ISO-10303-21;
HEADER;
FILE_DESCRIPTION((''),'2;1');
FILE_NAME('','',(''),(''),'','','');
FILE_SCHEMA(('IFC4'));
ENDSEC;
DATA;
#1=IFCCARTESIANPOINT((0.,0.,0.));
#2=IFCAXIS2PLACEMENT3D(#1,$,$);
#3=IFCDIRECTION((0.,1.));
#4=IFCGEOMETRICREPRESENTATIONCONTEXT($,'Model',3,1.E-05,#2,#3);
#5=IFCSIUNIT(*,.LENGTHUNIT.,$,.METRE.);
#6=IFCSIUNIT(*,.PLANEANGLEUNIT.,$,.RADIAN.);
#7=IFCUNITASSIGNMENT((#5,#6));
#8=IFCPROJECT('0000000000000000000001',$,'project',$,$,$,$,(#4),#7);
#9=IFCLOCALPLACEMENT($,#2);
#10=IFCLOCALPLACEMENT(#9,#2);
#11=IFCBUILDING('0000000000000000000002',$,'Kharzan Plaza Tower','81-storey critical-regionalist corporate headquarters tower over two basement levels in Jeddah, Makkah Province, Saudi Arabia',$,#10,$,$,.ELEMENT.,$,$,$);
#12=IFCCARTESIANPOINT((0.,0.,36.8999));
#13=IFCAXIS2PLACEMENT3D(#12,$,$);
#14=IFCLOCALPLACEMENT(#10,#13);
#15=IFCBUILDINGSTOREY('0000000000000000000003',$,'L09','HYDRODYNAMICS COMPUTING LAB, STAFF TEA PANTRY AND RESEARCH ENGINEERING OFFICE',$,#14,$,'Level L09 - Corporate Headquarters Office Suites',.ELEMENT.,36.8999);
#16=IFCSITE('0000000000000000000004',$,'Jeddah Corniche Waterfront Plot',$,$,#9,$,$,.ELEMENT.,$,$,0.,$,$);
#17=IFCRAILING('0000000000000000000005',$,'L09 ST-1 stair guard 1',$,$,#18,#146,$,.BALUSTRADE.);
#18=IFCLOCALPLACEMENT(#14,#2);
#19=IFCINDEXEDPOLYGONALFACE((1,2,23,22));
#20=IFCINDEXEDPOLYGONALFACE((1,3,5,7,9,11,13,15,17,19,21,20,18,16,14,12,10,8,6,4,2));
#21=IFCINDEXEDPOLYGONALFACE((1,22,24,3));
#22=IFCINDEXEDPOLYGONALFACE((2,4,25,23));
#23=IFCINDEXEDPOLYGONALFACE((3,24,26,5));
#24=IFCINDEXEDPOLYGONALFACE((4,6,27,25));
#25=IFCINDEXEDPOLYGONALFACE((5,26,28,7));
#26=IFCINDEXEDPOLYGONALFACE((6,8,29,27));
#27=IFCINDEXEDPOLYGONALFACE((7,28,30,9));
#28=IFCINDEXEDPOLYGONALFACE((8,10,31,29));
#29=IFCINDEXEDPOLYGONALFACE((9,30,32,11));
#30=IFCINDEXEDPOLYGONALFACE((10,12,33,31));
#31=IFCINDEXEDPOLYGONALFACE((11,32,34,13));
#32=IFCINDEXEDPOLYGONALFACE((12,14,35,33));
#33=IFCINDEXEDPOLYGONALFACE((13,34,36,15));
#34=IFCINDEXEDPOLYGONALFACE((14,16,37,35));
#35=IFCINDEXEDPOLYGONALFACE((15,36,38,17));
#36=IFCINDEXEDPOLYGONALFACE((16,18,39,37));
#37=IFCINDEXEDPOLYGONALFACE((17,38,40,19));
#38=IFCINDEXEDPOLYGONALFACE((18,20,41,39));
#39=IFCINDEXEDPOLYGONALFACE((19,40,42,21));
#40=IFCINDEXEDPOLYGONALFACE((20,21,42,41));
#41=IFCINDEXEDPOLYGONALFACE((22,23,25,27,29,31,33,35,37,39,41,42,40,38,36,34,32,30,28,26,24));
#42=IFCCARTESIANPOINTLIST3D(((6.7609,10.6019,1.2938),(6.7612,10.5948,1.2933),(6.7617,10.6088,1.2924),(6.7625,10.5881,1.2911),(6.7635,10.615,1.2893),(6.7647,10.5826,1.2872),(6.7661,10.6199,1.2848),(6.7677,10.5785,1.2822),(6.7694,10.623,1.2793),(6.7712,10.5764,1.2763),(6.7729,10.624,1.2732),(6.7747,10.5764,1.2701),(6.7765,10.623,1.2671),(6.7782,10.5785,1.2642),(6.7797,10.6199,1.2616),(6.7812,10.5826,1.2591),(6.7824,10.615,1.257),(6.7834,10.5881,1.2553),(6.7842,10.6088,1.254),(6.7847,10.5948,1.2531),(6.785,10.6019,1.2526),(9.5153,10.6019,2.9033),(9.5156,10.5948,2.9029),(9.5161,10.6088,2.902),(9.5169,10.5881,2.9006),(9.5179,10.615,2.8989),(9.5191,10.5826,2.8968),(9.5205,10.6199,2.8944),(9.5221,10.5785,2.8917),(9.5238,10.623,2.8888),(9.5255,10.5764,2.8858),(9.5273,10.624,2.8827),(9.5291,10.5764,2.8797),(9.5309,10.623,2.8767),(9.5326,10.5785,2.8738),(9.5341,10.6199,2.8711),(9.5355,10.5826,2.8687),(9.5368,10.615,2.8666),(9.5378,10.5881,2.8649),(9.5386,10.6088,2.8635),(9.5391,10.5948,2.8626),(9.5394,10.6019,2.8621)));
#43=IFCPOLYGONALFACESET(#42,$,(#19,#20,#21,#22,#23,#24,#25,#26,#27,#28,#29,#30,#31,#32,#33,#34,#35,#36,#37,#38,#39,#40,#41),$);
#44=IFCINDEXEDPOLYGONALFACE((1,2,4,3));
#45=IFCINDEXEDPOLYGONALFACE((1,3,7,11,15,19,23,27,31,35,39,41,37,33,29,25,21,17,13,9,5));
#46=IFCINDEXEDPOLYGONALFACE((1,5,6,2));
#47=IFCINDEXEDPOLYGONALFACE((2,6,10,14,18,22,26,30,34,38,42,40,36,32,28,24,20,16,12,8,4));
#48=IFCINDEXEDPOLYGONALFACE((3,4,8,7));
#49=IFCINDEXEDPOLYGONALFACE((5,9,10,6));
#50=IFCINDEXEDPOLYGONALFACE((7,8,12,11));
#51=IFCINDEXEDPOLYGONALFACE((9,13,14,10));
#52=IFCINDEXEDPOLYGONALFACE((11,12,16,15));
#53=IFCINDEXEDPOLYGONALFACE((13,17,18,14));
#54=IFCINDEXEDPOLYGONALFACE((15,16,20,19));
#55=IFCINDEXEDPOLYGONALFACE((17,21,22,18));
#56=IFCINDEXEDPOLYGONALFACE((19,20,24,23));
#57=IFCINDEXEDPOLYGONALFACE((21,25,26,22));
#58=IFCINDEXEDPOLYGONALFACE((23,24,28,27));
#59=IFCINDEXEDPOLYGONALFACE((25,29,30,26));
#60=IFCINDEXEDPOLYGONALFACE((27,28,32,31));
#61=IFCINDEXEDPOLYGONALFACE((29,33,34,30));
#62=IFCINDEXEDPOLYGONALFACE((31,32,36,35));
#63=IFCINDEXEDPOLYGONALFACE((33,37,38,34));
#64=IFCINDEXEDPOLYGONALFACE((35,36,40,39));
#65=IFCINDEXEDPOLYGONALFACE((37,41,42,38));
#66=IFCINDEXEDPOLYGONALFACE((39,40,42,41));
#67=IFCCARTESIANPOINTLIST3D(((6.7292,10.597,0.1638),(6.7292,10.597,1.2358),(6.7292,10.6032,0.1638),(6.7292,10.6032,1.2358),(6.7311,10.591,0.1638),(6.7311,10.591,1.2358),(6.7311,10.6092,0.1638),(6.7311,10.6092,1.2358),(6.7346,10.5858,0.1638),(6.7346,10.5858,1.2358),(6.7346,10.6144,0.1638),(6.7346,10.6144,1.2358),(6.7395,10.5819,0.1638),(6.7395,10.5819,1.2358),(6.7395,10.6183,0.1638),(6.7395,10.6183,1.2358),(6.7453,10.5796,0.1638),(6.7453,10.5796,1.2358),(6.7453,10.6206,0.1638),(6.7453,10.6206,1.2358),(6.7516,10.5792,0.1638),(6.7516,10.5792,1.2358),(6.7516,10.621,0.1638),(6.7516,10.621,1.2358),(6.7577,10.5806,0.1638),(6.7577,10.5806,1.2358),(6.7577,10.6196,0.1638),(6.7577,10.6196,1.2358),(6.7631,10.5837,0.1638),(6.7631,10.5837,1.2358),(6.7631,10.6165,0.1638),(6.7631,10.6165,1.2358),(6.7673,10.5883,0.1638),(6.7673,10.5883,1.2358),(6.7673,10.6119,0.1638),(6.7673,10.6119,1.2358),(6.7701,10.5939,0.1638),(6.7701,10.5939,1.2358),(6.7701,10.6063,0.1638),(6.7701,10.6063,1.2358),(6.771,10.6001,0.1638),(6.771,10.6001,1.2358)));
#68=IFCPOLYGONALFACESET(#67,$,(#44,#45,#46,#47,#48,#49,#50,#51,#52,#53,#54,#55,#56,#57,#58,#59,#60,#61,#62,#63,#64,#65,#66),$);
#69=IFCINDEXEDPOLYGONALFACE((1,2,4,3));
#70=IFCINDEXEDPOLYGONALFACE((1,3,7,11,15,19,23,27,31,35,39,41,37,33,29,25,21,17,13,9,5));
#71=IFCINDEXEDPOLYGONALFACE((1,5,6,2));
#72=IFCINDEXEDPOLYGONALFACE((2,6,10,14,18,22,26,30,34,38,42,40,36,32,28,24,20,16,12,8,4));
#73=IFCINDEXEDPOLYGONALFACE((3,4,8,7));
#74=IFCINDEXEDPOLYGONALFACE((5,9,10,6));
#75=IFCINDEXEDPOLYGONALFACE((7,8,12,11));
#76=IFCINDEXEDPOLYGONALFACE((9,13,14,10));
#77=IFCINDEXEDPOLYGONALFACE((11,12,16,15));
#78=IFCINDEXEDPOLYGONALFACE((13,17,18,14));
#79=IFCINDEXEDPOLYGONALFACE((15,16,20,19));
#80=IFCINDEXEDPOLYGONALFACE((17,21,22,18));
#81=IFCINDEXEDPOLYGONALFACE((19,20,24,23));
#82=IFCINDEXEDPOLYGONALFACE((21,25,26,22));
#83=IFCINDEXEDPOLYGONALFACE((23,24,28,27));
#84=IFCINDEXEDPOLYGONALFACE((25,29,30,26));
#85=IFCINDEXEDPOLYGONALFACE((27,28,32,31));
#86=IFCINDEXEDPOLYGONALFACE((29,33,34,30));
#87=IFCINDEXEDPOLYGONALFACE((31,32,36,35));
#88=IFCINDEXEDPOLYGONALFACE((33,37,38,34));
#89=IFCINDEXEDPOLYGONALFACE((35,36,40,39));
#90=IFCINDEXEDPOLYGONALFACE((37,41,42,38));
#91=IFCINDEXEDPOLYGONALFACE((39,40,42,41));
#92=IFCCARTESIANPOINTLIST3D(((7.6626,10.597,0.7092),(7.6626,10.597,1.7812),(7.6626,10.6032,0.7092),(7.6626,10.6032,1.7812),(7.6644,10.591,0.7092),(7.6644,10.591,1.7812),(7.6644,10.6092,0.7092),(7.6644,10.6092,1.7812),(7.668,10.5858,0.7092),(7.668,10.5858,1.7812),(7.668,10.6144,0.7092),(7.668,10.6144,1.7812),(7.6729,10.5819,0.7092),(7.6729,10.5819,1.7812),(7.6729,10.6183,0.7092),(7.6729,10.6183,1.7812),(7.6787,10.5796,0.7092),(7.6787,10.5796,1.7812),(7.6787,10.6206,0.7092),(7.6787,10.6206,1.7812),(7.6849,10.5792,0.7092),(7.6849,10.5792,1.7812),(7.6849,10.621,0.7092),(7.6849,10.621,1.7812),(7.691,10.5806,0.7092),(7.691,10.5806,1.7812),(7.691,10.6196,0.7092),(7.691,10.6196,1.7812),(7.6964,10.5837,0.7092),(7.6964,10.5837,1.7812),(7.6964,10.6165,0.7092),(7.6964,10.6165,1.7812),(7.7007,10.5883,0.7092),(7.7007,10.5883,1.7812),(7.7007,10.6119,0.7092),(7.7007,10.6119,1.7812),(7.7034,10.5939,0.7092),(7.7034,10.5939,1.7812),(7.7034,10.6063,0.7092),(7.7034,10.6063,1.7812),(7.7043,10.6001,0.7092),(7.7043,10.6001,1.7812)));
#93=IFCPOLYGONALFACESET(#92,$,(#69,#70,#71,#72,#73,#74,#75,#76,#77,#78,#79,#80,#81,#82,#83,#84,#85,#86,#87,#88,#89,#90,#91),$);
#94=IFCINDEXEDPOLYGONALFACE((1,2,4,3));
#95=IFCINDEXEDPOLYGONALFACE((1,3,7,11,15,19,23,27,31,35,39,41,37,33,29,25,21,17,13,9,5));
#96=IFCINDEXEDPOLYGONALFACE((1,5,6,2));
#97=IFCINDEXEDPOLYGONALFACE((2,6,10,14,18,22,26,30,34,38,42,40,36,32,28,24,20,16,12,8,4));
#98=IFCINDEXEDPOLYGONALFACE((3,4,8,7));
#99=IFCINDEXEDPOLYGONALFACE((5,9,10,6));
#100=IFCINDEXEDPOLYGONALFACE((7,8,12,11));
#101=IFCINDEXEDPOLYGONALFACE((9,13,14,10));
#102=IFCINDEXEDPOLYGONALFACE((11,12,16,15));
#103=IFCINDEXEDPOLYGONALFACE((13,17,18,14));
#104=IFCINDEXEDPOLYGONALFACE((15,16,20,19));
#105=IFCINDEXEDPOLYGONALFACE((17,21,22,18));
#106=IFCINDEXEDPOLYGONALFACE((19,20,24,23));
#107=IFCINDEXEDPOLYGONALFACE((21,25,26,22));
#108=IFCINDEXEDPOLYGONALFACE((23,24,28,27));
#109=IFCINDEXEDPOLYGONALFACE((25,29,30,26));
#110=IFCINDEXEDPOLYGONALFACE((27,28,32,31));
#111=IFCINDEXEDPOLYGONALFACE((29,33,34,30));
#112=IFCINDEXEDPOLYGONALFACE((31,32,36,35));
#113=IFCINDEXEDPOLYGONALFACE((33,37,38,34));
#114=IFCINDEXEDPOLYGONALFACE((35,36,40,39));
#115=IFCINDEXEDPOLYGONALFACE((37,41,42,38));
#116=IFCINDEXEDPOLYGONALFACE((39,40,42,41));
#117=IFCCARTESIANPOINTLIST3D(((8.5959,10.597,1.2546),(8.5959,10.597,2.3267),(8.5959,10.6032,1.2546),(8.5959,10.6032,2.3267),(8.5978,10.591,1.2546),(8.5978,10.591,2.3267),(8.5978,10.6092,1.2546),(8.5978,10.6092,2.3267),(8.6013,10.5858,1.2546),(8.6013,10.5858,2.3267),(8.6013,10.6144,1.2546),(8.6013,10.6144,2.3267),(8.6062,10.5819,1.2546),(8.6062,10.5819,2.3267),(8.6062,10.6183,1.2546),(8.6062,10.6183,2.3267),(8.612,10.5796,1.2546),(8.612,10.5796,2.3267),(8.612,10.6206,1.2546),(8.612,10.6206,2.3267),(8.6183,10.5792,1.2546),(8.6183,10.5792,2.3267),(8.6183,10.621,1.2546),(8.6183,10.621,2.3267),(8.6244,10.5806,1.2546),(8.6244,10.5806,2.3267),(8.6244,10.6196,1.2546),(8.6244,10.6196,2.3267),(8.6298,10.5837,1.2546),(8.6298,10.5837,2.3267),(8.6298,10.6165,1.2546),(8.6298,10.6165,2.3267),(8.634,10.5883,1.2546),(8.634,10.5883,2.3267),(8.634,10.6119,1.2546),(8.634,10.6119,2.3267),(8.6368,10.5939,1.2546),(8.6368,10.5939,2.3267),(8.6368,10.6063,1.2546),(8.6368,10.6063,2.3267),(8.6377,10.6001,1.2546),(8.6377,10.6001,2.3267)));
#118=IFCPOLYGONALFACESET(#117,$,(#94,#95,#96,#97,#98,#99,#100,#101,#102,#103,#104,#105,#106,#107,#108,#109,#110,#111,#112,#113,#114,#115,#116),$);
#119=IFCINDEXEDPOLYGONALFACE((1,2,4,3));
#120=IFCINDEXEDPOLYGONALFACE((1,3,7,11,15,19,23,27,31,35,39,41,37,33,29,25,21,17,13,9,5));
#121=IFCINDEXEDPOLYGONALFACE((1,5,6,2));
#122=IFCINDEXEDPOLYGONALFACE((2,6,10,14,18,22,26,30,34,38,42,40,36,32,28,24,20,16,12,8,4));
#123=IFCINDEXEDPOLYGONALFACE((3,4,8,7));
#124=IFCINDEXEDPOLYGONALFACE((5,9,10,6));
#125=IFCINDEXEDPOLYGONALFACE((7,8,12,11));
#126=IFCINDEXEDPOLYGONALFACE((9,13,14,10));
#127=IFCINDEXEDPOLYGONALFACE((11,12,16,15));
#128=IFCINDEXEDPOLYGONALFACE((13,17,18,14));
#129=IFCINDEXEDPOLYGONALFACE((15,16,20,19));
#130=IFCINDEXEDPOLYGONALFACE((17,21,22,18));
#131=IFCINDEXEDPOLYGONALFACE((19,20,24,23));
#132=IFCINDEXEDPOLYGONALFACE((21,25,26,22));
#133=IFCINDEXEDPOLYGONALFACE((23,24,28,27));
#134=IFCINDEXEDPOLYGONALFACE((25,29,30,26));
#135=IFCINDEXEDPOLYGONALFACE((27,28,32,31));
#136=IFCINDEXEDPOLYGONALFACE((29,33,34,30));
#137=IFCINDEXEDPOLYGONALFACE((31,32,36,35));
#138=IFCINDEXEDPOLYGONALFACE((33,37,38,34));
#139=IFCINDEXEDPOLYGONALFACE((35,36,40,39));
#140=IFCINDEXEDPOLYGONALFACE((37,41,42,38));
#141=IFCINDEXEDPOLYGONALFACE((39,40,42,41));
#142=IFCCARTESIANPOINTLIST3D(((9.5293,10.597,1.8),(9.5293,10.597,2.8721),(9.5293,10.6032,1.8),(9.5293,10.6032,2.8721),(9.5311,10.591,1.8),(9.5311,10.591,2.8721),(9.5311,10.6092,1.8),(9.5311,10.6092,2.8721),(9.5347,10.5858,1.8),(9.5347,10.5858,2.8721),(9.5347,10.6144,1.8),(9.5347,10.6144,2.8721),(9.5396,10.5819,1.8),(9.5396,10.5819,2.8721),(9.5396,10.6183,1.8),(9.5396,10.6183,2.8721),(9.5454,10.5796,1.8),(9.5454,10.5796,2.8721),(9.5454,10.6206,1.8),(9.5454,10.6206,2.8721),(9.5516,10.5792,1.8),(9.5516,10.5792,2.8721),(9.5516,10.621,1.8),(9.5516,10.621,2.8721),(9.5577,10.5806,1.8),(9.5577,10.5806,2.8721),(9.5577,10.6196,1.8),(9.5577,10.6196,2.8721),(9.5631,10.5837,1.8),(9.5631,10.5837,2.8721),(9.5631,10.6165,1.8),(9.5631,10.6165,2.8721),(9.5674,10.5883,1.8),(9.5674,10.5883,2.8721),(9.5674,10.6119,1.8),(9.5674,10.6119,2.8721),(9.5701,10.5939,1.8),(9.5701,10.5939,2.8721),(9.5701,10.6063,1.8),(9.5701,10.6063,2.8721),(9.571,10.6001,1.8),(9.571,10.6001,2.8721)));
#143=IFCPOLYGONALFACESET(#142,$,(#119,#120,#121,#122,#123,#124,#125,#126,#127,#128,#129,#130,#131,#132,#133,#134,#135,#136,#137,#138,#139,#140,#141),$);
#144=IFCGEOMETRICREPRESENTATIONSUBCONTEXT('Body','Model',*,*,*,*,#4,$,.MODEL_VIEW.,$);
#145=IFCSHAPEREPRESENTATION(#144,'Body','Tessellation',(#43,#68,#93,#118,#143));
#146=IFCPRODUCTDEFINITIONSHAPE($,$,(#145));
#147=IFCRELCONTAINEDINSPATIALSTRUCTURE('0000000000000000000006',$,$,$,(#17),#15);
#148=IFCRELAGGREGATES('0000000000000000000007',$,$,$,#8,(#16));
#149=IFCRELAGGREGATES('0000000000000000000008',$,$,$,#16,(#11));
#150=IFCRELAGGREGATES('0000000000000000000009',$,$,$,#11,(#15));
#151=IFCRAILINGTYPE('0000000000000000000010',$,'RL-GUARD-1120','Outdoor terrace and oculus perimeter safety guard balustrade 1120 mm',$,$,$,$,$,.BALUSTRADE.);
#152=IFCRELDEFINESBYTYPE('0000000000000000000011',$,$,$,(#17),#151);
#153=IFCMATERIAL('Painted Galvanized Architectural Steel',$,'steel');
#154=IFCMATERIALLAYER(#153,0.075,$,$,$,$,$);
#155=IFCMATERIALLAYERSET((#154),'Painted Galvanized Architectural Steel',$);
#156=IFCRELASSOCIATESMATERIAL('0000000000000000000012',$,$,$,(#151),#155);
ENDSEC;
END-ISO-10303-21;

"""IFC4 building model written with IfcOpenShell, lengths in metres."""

from ifc_helpers import new_model, si_unit, direction, frame, origin, origin_2d, place, context, subcontext, project, spatial, circle, extrude, source, transform, mapped, material, layer, layer_set, type_object, element, save


model = new_model("IFC4")

# Units and contexts
model_context = context("Model", 3, precision=1e-05, world=origin(), true_north=direction((0.0, 1.0)))
body_context = subcontext(model_context, "Body", "Model", "MODEL_VIEW")
ifc_project = project(units=[si_unit("LENGTHUNIT", "METRE"), si_unit("PLANEANGLEUNIT", "RADIAN")], contexts=[model_context])

# Site, building, storey
site_placement = place(None, origin())
site = spatial("IfcSite", under=ifc_project, at=site_placement, Name="Jeddah Corniche Waterfront Plot", CompositionType="ELEMENT", RefElevation=0.0)
building_placement = place(site_placement, origin())
building = spatial("IfcBuilding", under=site, at=building_placement, Name="Kharzan Plaza Tower", Description="81-storey critical-regionalist corporate headquarters tower over two basement levels in Jeddah, Makkah Province, Saudi Arabia", CompositionType="ELEMENT")
storey_placement = place(building_placement, frame((0.0, 0.0, 36.8999)))
storey = spatial("IfcBuildingStorey", under=building, at=storey_placement, Name="L09", Description="HYDRODYNAMICS COMPUTING LAB, STAFF TEA PANTRY AND RESEARCH ENGINEERING OFFICE", LongName="Level L09 - Corporate Headquarters Office Suites", CompositionType="ELEMENT", Elevation=36.8999)

# Railing
ifc_material_1 = material(Name="Painted Galvanized Architectural Steel", Category="steel")
ifc_layer_1 = layer(ifc_material_1, 0.075)
ifc_layer_set_1 = layer_set([ifc_layer_1], Name="Painted Galvanized Architectural Steel")
railing_type_1 = type_object("IfcRailingType", Name="RL-GUARD-1120", Description="Outdoor terrace and oculus perimeter safety guard balustrade 1120 mm", PredefinedType="BALUSTRADE", material=ifc_layer_set_1)
shared_shape_1 = source(origin(), body_context, "Body", "SweptSolid", [
    extrude(circle(Radius=0.0239, at=origin_2d()), frame((0.0229, 0.0, 1.1094), z_axis=(0.863394, 0.0, 0.504531), x_axis=(0.0, 1.0, 0.0)), (0.0, 0.0, 1.0), 3.1902),
    extrude(circle(Radius=0.021, at=origin_2d()), origin(), (0.0, 0.0, 1.0), 1.072),
    extrude(circle(Radius=0.021, at=origin_2d()), frame((0.9333, 0.0, 0.5454)), (0.0, 0.0, 1.0), 1.072),
    extrude(circle(Radius=0.021, at=origin_2d()), frame((1.8667, 0.0, 1.0908)), (0.0, 0.0, 1.0), 1.072),
    extrude(circle(Radius=0.021, at=origin_2d()), frame((2.8, 0.0, 1.6362)), (0.0, 0.0, 1.0), 1.072),
])
railing_1_placement = place(storey_placement, frame((6.75, 10.6001, 0.1638)))
element("IfcRailing", 1, at=railing_1_placement, inside=storey, type_object=railing_type_1, Name="L09 ST-1 stair guard 1", PredefinedType="BALUSTRADE", context=body_context, shape_type="MappedRepresentation", body=[
    mapped(shared_shape_1, transform((0.0, 0.0, 0.0), x_axis=(1.0, 0.0, 0.0), y_axis=(0.0, 1.0, 0.0), z_axis=(0.0, 0.0, 1.0))),
])

save(model, "model.ifc")
